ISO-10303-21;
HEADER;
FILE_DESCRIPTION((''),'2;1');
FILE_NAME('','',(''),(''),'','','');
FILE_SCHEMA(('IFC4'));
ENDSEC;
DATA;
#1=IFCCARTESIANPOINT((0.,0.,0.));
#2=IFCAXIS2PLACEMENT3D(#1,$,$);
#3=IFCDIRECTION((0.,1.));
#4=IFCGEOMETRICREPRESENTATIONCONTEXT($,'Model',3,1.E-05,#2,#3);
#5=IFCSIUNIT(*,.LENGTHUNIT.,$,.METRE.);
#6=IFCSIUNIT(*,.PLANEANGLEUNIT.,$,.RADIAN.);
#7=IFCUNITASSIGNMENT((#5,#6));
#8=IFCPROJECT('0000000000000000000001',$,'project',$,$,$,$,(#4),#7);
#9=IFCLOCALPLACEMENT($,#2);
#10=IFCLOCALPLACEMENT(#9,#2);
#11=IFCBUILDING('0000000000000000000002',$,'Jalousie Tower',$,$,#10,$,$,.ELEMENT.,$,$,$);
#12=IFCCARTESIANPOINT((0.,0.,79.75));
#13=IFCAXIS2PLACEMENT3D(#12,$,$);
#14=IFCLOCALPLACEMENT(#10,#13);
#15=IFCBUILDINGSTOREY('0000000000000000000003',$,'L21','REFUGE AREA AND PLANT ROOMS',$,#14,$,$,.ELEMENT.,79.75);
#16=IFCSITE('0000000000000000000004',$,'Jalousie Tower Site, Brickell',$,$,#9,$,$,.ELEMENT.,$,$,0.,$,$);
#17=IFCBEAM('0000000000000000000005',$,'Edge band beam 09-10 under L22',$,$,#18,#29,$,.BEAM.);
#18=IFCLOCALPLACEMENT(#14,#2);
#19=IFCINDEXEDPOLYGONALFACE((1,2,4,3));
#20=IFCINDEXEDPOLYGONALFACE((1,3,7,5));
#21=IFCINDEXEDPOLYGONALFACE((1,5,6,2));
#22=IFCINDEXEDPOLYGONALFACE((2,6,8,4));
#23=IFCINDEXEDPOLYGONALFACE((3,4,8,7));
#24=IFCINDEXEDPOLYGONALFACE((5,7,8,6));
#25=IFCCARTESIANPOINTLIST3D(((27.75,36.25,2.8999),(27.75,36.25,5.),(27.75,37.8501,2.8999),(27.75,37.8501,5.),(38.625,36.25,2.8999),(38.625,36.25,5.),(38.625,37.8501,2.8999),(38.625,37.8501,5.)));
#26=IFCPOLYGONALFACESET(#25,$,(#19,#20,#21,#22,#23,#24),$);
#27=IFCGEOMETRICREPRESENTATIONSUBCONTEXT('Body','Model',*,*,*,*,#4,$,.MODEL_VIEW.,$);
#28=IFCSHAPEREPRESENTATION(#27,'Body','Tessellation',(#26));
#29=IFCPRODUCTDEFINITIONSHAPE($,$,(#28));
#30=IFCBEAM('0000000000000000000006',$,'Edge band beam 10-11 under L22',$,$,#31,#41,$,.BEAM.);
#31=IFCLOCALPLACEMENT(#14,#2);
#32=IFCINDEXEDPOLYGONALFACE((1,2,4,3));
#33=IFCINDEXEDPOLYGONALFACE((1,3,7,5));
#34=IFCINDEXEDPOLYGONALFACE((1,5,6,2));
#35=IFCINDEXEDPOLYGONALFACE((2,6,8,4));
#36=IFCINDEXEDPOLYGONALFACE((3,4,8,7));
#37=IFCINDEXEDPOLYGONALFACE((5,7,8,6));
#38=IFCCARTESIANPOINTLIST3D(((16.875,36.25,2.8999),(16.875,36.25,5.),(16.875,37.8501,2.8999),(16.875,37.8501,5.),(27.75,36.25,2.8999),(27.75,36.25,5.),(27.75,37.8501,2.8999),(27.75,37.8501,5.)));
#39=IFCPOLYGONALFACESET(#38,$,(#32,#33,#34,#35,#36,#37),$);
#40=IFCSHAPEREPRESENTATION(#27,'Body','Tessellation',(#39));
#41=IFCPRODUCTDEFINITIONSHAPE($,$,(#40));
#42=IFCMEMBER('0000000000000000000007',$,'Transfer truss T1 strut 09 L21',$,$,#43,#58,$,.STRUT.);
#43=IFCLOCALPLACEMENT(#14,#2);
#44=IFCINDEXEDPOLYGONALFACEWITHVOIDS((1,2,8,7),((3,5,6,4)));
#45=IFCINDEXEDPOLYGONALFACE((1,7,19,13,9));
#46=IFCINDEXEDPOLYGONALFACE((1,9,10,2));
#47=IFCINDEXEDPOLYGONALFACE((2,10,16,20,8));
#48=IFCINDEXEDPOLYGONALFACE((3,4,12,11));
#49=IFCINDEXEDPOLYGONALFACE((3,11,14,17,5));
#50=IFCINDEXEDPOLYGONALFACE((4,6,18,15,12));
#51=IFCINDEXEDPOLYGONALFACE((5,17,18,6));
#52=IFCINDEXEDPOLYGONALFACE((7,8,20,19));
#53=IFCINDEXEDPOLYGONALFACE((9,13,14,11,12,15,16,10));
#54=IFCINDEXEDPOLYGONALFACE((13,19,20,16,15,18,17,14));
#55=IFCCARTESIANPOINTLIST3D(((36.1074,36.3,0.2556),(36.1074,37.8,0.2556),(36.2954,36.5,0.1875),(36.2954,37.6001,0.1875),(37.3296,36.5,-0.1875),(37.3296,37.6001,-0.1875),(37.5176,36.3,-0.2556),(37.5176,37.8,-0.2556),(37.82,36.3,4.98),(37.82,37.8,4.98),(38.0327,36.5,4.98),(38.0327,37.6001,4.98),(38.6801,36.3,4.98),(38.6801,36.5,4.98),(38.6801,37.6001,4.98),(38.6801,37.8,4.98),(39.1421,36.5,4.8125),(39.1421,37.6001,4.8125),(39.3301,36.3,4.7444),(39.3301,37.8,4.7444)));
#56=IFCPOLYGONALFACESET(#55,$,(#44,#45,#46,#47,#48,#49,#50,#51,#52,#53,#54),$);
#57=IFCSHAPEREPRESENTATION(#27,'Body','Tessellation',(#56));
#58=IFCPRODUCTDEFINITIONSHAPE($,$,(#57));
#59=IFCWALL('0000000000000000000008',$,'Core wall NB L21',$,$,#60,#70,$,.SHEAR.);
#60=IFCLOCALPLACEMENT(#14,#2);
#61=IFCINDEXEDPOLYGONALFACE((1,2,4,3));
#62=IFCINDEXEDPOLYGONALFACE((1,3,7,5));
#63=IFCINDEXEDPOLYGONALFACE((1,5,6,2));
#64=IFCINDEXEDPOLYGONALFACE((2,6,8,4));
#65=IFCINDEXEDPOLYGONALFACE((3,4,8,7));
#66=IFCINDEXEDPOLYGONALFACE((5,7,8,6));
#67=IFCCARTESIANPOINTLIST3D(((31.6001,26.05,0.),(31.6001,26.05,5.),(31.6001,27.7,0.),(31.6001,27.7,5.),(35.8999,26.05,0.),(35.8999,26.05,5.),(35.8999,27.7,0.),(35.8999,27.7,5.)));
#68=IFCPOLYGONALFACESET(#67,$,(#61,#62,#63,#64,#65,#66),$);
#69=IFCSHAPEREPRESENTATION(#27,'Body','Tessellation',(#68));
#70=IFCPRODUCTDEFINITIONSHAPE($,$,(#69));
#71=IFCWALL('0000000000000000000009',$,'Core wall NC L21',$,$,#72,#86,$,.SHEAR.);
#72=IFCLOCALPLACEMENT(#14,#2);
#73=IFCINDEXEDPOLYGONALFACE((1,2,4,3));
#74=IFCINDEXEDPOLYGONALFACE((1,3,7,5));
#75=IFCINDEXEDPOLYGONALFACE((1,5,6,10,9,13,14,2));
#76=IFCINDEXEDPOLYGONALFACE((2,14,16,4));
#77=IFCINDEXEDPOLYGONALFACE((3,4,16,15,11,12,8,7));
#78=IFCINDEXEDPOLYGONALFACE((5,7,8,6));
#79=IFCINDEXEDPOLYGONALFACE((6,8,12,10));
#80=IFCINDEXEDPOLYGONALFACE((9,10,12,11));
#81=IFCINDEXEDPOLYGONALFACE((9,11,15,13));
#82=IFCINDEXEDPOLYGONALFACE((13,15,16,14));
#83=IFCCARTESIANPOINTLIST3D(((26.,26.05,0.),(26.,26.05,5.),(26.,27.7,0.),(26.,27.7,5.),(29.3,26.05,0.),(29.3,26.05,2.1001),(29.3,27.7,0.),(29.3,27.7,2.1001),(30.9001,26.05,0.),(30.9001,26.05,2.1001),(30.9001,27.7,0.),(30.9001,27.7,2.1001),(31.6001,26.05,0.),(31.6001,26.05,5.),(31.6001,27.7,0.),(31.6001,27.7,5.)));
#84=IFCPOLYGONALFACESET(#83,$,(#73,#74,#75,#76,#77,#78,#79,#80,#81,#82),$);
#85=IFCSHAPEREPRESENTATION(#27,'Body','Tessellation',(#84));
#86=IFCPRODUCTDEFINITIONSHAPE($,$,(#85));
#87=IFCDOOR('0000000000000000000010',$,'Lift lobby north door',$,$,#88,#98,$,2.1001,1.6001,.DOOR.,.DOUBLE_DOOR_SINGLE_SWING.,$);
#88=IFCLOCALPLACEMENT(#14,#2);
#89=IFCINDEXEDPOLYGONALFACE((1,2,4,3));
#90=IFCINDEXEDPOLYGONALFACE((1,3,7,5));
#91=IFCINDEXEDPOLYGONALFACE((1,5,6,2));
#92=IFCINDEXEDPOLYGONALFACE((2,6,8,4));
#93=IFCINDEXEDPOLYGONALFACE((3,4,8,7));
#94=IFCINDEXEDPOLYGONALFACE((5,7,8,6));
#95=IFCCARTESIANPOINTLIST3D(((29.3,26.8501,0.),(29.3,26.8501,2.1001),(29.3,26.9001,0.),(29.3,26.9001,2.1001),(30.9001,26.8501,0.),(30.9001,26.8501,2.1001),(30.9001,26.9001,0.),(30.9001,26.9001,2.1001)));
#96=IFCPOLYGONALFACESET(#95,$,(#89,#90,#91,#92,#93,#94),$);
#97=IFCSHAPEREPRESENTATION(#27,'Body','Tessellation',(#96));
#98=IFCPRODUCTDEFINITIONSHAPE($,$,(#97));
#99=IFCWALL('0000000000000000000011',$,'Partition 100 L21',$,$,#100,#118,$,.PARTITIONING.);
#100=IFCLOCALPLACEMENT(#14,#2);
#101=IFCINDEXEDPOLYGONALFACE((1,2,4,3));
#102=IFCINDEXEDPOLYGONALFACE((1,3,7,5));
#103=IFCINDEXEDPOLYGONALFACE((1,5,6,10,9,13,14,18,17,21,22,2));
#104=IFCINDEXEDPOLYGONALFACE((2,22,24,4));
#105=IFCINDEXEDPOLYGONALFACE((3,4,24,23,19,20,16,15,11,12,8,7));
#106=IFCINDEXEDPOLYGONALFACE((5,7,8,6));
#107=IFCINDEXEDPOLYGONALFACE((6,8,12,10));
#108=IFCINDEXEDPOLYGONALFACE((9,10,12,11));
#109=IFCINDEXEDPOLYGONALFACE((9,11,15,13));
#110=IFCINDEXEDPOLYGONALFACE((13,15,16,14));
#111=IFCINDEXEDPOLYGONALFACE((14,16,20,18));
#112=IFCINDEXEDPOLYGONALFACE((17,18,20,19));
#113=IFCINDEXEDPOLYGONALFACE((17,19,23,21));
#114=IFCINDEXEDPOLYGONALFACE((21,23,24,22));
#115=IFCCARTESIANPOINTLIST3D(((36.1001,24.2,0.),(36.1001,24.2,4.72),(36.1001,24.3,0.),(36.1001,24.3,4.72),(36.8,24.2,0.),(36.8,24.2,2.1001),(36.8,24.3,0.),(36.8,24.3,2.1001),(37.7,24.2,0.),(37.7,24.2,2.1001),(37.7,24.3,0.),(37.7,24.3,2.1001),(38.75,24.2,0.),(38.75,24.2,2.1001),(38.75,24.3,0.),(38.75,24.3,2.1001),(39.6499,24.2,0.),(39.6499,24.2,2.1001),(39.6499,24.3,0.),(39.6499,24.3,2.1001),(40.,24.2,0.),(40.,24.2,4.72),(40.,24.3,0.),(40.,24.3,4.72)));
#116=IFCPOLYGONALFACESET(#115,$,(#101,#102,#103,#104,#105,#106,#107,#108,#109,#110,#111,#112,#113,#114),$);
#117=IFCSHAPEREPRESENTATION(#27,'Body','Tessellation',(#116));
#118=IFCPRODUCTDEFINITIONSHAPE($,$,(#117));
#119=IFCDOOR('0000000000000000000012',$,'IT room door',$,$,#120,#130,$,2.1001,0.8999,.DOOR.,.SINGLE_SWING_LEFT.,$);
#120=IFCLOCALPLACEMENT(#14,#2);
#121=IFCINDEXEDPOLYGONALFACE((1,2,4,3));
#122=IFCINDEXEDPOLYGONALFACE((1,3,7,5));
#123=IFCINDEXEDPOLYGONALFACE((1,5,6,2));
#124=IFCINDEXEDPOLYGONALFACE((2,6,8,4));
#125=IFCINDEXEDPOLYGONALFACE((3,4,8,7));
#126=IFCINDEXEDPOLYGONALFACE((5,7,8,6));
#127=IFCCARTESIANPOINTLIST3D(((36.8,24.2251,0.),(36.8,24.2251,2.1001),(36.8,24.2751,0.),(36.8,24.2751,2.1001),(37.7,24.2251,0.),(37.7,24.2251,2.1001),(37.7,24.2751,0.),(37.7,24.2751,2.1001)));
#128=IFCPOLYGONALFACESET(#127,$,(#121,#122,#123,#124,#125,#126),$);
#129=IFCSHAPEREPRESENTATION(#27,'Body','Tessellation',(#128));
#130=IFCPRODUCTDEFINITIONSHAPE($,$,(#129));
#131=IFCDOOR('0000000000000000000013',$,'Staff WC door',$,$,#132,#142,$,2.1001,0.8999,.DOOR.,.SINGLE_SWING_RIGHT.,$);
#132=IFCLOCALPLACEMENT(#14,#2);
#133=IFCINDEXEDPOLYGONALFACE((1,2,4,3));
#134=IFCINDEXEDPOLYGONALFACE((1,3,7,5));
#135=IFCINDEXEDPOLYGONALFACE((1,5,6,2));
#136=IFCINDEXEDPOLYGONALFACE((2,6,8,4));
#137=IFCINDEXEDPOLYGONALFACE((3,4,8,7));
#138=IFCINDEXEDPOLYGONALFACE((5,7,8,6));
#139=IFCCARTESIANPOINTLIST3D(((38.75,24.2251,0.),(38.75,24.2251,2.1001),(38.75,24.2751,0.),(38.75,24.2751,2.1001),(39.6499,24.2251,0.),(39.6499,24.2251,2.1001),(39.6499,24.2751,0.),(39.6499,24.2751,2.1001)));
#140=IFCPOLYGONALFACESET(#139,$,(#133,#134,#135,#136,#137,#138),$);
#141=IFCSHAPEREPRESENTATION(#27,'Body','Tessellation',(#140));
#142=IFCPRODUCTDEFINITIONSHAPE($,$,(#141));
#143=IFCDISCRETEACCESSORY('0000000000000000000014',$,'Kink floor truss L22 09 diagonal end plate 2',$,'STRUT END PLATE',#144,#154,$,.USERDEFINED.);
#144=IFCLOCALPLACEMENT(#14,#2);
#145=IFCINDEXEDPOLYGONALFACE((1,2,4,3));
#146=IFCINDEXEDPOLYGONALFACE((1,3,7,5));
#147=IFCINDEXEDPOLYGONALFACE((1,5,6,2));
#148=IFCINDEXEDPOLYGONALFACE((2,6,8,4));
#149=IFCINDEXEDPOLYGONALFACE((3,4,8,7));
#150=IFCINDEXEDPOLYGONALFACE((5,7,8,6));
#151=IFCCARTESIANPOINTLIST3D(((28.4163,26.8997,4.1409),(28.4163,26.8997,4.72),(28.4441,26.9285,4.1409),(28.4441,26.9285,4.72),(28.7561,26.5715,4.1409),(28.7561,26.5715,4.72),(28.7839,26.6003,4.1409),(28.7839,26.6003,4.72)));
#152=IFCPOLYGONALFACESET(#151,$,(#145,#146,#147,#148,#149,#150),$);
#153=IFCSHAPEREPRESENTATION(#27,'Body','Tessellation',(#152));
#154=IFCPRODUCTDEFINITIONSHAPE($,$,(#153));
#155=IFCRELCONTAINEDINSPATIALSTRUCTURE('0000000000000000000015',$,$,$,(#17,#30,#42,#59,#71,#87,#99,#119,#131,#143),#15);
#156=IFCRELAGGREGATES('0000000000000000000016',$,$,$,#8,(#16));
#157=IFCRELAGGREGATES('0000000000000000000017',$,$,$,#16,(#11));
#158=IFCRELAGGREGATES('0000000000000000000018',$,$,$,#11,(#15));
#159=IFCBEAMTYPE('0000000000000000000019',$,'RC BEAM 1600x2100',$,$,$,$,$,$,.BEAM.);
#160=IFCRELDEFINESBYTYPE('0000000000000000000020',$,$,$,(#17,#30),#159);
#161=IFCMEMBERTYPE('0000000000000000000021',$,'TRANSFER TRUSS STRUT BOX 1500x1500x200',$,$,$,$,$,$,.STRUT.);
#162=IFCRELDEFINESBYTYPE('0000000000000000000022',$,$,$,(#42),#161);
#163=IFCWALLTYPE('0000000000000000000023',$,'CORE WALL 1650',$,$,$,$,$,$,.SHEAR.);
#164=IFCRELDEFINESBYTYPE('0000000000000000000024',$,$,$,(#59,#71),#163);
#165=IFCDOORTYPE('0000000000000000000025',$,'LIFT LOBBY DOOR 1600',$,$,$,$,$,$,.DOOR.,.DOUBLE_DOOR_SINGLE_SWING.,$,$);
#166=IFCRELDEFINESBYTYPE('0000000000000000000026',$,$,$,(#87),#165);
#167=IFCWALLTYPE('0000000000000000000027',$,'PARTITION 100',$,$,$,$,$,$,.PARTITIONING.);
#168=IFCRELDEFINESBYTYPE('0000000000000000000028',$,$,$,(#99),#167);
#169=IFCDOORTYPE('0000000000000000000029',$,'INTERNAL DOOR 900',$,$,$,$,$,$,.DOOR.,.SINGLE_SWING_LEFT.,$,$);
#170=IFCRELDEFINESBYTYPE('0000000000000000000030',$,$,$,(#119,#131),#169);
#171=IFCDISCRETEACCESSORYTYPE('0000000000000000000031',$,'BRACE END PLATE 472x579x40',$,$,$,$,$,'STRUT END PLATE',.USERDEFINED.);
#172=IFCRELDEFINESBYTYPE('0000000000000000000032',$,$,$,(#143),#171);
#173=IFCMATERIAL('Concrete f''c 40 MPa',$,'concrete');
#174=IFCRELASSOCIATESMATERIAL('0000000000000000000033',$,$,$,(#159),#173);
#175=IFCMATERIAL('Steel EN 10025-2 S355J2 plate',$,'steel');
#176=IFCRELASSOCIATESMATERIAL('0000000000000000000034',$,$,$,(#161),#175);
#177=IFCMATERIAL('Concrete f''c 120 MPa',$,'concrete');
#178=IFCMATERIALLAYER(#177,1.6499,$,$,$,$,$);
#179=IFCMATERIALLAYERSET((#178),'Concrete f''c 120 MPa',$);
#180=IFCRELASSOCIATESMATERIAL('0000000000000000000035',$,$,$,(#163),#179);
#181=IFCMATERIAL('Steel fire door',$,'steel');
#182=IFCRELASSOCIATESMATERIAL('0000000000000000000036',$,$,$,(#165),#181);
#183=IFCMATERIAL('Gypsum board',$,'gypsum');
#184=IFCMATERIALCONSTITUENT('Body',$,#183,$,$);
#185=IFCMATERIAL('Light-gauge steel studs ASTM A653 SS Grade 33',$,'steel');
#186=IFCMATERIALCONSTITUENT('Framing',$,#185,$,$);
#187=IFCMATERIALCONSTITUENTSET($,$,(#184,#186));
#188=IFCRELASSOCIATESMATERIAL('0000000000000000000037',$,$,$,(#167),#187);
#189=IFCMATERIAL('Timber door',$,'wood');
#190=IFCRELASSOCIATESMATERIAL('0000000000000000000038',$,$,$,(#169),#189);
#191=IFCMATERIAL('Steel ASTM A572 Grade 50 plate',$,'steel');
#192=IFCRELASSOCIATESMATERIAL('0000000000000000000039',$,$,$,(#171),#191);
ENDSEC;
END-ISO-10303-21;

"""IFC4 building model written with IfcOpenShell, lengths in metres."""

from ifc_helpers import new_model, si_unit, direction, frame, frame_2d, origin, origin_2d, place, context, subcontext, project, spatial, rectangle, hollow_rectangle, extrude, clip, halfspace, material, layer, layer_set, constituent, constituent_set, material_profile, profile_set, type_object, element, fill, save


model = new_model("IFC4")

# Units and contexts
model_context = context("Model", 3, precision=1e-05, world=origin(), true_north=direction((0.0, 1.0)))
body_context = subcontext(model_context, "Body", "Model", "MODEL_VIEW")
ifc_project = project(units=[si_unit("LENGTHUNIT", "METRE"), si_unit("PLANEANGLEUNIT", "RADIAN")], contexts=[model_context])

# Site, building, storey
site_placement = place(None, origin())
site = spatial("IfcSite", under=ifc_project, at=site_placement, Name="Jalousie Tower Site, Brickell", CompositionType="ELEMENT", RefElevation=0.0)
building_placement = place(site_placement, origin())
building = spatial("IfcBuilding", under=site, at=building_placement, Name="Jalousie Tower", CompositionType="ELEMENT")
storey_placement = place(building_placement, frame((0.0, 0.0, 79.75)))
storey = spatial("IfcBuildingStorey", under=building, at=storey_placement, Name="L21", Description="REFUGE AREA AND PLANT ROOMS", CompositionType="ELEMENT", Elevation=79.75)

# Beams
ifc_material_1 = material(Name="Concrete f'c 40 MPa", Category="concrete")
ifc_material_profile_1 = material_profile(ifc_material_1, rectangle(XDim=1.6001, YDim=2.1001, at=origin_2d()), Name="RC 1600x2100")
ifc_profile_set_1 = profile_set([ifc_material_profile_1], Name="Concrete f'c 40 MPa")
beam_type = type_object("IfcBeamType", Name="RC BEAM 1600x2100", PredefinedType="BEAM", material=ifc_profile_set_1)
for number, where, z_axis, x_axis, name in (
    (1, (38.625, 37.05, 3.95), (-1.0, 0.0, 0.0), (0.0, -1.0, 0.0), "Edge band beam 09-10 under L22"),
    (2, (27.75, 37.05, 3.95), (-1.0, 0.0, 0.0), (0.0, -1.0, 0.0), "Edge band beam 10-11 under L22"),
):
    element("IfcBeam", number, at=place(storey_placement, frame(where, z_axis=z_axis, x_axis=x_axis)), inside=storey, type_object=beam_type, Name=name, PredefinedType="BEAM", context=body_context, shape_type="SweptSolid", body=[
        extrude(rectangle(XDim=1.6001, YDim=2.1001, at=origin_2d()), origin(), (0.0, 0.0, 1.0), 10.875),
    ])

# Member
ifc_material_2 = material(Name="Steel EN 10025-2 S355J2 plate", Category="steel")
ifc_material_profile_2 = material_profile(ifc_material_2, hollow_rectangle(XDim=1.5, YDim=1.5, WallThickness=0.2, at=origin_2d()), Name="BOX 1500x1500x200")
ifc_profile_set_2 = profile_set([ifc_material_profile_2], Name="Steel EN 10025-2 S355J2 plate")
member_type_1 = type_object("IfcMemberType", Name="TRANSFER TRUSS STRUT BOX 1500x1500x200", PredefinedType="STRUT", material=ifc_profile_set_2)
member_1_placement = place(storey_placement, frame((36.8125, 37.05, 0.0), z_axis=(0.340799, 0.0, 0.940136), x_axis=(0.0, 1.0, 0.0)))
element("IfcMember", 3, at=member_1_placement, inside=storey, type_object=member_type_1, Name="Transfer truss T1 strut 09 L21", PredefinedType="STRUT", context=body_context, shape_type="Clipping", body=[
    clip(extrude(hollow_rectangle(XDim=1.5, YDim=1.5, WallThickness=0.2, at=origin_2d()), origin(), (0.0, 0.0, 1.0), 5.3184), halfspace(frame((0.0, 0.0, 5.2971), z_axis=(0.0, 0.340799, 0.940136)), False)),
])

# Wall
ifc_material_3 = material(Name="Concrete f'c 120 MPa", Category="concrete")
ifc_layer = layer(ifc_material_3, 1.6499)
ifc_layer_set = layer_set([ifc_layer], Name="Concrete f'c 120 MPa")
wall_type_1 = type_object("IfcWallType", Name="CORE WALL 1650", PredefinedType="SHEAR", material=ifc_layer_set)
wall_1_placement = place(storey_placement, frame((35.8999, 26.875, 0.0), z_axis=(0.0, 0.0, 1.0), x_axis=(-1.0, 0.0, 0.0)))
element("IfcWall", 4, at=wall_1_placement, inside=storey, type_object=wall_type_1, Name="Core wall NB L21", PredefinedType="SHEAR", context=body_context, shape_type="SweptSolid", body=[
    extrude(rectangle(XDim=4.2998, YDim=1.6499, at=frame_2d((2.1499, 0.0))), origin(), (0.0, 0.0, 1.0), 5.0),
])

# Wall, opening, door
wall_2_placement = place(storey_placement, frame((31.6001, 26.875, 0.0), z_axis=(0.0, 0.0, 1.0), x_axis=(-1.0, 0.0, 0.0)))
wall_2 = element("IfcWall", 5, at=wall_2_placement, inside=storey, type_object=wall_type_1, Name="Core wall NC L21", PredefinedType="SHEAR", context=body_context, shape_type="SweptSolid", body=[
    extrude(rectangle(XDim=5.6001, YDim=1.6499, at=frame_2d((2.8, 0.0))), origin(), (0.0, 0.0, 1.0), 5.0),
])
opening_1_placement = place(wall_2_placement, frame((0.7, 0.0, 0.0)))
opening_1 = element("IfcOpeningElement", 6, at=opening_1_placement, cuts=wall_2, PredefinedType="OPENING", context=body_context, shape_type="SweptSolid", body=[
    extrude(rectangle(XDim=1.6001, YDim=2.1001, at=frame_2d((0.8, 1.05))), frame((0.0, 0.835, 0.0), z_axis=(0.0, -1.0, 0.0), x_axis=(1.0, 0.0, 0.0)), (0.0, 0.0, 1.0), 1.6699),
])
ifc_material_4 = material(Name="Steel fire door", Category="steel")
door_type_1 = type_object("IfcDoorType", Name="LIFT LOBBY DOOR 1600", OperationType="DOUBLE_DOOR_SINGLE_SWING", PredefinedType="DOOR", material=ifc_material_4)
door_1_placement = place(opening_1_placement, origin())
door_1 = element("IfcDoor", 7, at=door_1_placement, inside=storey, type_object=door_type_1, Name="Lift lobby north door", OperationType="DOUBLE_DOOR_SINGLE_SWING", OverallHeight=2.1001, OverallWidth=1.6001, PredefinedType="DOOR", context=body_context, shape_type="SweptSolid", body=[
    extrude(rectangle(XDim=1.6001, YDim=2.1001, at=frame_2d((0.8, 1.05))), frame((0.0, 0.0249, 0.0), z_axis=(0.0, -1.0, 0.0), x_axis=(1.0, 0.0, 0.0)), (0.0, 0.0, 1.0), 0.05),
])
fill(opening_1, door_1)

# Wall, openings, doors
ifc_material_5 = material(Name="Gypsum board", Category="gypsum")
ifc_constituent_1 = constituent(ifc_material_5, Name="Body")
ifc_material_6 = material(Name="Light-gauge steel studs ASTM A653 SS Grade 33", Category="steel")
ifc_constituent_2 = constituent(ifc_material_6, Name="Framing")
ifc_constituent_set = constituent_set(constituents=[ifc_constituent_1, ifc_constituent_2])
wall_type_2 = type_object("IfcWallType", Name="PARTITION 100", PredefinedType="PARTITIONING", material=ifc_constituent_set)
wall_3_placement = place(storey_placement, frame((36.1001, 24.25, 0.0), z_axis=(0.0, 0.0, 1.0), x_axis=(1.0, 0.0, 0.0)))
wall_3 = element("IfcWall", 8, at=wall_3_placement, inside=storey, type_object=wall_type_2, Name="Partition 100 L21", PredefinedType="PARTITIONING", context=body_context, shape_type="SweptSolid", body=[
    extrude(rectangle(XDim=3.8999, YDim=0.1001, at=frame_2d((1.95, 0.0))), origin(), (0.0, 0.0, 1.0), 4.72),
])
opening_2_placement = place(wall_3_placement, frame((0.7, 0.0, 0.0)))
opening_2 = element("IfcOpeningElement", 9, at=opening_2_placement, cuts=wall_3, PredefinedType="OPENING", context=body_context, shape_type="SweptSolid", body=[
    extrude(rectangle(XDim=0.8999, YDim=2.1001, at=frame_2d((0.45, 1.05))), frame((0.0, 0.0601, 0.0), z_axis=(0.0, -1.0, 0.0), x_axis=(1.0, 0.0, 0.0)), (0.0, 0.0, 1.0), 0.1201),
])
opening_3_placement = place(wall_3_placement, frame((2.6499, 0.0, 0.0)))
opening_3 = element("IfcOpeningElement", 10, at=opening_3_placement, cuts=wall_3, PredefinedType="OPENING", context=body_context, shape_type="SweptSolid", body=[
    extrude(rectangle(XDim=0.8999, YDim=2.1001, at=frame_2d((0.45, 1.05))), frame((0.0, 0.0601, 0.0), z_axis=(0.0, -1.0, 0.0), x_axis=(1.0, 0.0, 0.0)), (0.0, 0.0, 1.0), 0.1201),
])
ifc_material_7 = material(Name="Timber door", Category="wood")
door_type_2 = type_object("IfcDoorType", Name="INTERNAL DOOR 900", OperationType="SINGLE_SWING_LEFT", PredefinedType="DOOR", material=ifc_material_7)
door_2_placement = place(opening_2_placement, frame((0.8999, 0.0, 0.0), z_axis=(0.0, 0.0, 1.0), x_axis=(-1.0, 0.0, 0.0)))
door_2 = element("IfcDoor", 11, at=door_2_placement, inside=storey, type_object=door_type_2, Name="IT room door", OperationType="SINGLE_SWING_LEFT", OverallHeight=2.1001, OverallWidth=0.8999, PredefinedType="DOOR", context=body_context, shape_type="SweptSolid", body=[
    extrude(rectangle(XDim=0.8999, YDim=2.1001, at=frame_2d((0.45, 1.05))), frame((0.0, 0.0249, 0.0), z_axis=(0.0, -1.0, 0.0), x_axis=(1.0, 0.0, 0.0)), (0.0, 0.0, 1.0), 0.05),
])
fill(opening_2, door_2)
door_3_placement = place(opening_3_placement, frame((0.8999, 0.0, 0.0), z_axis=(0.0, 0.0, 1.0), x_axis=(-1.0, 0.0, 0.0)))
door_3 = element("IfcDoor", 12, at=door_3_placement, inside=storey, type_object=door_type_2, Name="Staff WC door", OperationType="SINGLE_SWING_RIGHT", OverallHeight=2.1001, OverallWidth=0.8999, PredefinedType="DOOR", context=body_context, shape_type="SweptSolid", body=[
    extrude(rectangle(XDim=0.8999, YDim=2.1001, at=frame_2d((0.45, 1.05))), frame((0.0, 0.0249, 0.0), z_axis=(0.0, -1.0, 0.0), x_axis=(1.0, 0.0, 0.0)), (0.0, 0.0, 1.0), 0.05),
])
fill(opening_3, door_3)

# Discrete accessory
ifc_material_8 = material(Name="Steel ASTM A572 Grade 50 plate", Category="steel")
ifc_material_profile_3 = material_profile(ifc_material_8, rectangle(XDim=0.4724, YDim=0.5791, at=origin_2d()), Name="BRACE END PLATE 472x579x40")
ifc_profile_set_3 = profile_set([ifc_material_profile_3], Name="Steel ASTM A572 Grade 50 plate")
discrete_accessory_type = type_object("IfcDiscreteAccessoryType", Name="BRACE END PLATE 472x579x40", ElementType="STRUT END PLATE", PredefinedType="USERDEFINED", material=ifc_profile_set_3)
discrete_accessory_placement = place(storey_placement, frame((28.614, 26.7644, 4.4304), z_axis=(-0.694812, -0.719191, 0.0), x_axis=(0.719191, -0.694812, 0.0)))
element("IfcDiscreteAccessory", 13, at=discrete_accessory_placement, inside=storey, type_object=discrete_accessory_type, Name="Kink floor truss L22 09 diagonal end plate 2", ObjectType="STRUT END PLATE", PredefinedType="USERDEFINED", context=body_context, shape_type="SweptSolid", body=[
    extrude(rectangle(XDim=0.4724, YDim=0.5791, at=origin_2d()), origin(), (0.0, 0.0, 1.0), 0.04),
])

save(model, "model.ifc")
